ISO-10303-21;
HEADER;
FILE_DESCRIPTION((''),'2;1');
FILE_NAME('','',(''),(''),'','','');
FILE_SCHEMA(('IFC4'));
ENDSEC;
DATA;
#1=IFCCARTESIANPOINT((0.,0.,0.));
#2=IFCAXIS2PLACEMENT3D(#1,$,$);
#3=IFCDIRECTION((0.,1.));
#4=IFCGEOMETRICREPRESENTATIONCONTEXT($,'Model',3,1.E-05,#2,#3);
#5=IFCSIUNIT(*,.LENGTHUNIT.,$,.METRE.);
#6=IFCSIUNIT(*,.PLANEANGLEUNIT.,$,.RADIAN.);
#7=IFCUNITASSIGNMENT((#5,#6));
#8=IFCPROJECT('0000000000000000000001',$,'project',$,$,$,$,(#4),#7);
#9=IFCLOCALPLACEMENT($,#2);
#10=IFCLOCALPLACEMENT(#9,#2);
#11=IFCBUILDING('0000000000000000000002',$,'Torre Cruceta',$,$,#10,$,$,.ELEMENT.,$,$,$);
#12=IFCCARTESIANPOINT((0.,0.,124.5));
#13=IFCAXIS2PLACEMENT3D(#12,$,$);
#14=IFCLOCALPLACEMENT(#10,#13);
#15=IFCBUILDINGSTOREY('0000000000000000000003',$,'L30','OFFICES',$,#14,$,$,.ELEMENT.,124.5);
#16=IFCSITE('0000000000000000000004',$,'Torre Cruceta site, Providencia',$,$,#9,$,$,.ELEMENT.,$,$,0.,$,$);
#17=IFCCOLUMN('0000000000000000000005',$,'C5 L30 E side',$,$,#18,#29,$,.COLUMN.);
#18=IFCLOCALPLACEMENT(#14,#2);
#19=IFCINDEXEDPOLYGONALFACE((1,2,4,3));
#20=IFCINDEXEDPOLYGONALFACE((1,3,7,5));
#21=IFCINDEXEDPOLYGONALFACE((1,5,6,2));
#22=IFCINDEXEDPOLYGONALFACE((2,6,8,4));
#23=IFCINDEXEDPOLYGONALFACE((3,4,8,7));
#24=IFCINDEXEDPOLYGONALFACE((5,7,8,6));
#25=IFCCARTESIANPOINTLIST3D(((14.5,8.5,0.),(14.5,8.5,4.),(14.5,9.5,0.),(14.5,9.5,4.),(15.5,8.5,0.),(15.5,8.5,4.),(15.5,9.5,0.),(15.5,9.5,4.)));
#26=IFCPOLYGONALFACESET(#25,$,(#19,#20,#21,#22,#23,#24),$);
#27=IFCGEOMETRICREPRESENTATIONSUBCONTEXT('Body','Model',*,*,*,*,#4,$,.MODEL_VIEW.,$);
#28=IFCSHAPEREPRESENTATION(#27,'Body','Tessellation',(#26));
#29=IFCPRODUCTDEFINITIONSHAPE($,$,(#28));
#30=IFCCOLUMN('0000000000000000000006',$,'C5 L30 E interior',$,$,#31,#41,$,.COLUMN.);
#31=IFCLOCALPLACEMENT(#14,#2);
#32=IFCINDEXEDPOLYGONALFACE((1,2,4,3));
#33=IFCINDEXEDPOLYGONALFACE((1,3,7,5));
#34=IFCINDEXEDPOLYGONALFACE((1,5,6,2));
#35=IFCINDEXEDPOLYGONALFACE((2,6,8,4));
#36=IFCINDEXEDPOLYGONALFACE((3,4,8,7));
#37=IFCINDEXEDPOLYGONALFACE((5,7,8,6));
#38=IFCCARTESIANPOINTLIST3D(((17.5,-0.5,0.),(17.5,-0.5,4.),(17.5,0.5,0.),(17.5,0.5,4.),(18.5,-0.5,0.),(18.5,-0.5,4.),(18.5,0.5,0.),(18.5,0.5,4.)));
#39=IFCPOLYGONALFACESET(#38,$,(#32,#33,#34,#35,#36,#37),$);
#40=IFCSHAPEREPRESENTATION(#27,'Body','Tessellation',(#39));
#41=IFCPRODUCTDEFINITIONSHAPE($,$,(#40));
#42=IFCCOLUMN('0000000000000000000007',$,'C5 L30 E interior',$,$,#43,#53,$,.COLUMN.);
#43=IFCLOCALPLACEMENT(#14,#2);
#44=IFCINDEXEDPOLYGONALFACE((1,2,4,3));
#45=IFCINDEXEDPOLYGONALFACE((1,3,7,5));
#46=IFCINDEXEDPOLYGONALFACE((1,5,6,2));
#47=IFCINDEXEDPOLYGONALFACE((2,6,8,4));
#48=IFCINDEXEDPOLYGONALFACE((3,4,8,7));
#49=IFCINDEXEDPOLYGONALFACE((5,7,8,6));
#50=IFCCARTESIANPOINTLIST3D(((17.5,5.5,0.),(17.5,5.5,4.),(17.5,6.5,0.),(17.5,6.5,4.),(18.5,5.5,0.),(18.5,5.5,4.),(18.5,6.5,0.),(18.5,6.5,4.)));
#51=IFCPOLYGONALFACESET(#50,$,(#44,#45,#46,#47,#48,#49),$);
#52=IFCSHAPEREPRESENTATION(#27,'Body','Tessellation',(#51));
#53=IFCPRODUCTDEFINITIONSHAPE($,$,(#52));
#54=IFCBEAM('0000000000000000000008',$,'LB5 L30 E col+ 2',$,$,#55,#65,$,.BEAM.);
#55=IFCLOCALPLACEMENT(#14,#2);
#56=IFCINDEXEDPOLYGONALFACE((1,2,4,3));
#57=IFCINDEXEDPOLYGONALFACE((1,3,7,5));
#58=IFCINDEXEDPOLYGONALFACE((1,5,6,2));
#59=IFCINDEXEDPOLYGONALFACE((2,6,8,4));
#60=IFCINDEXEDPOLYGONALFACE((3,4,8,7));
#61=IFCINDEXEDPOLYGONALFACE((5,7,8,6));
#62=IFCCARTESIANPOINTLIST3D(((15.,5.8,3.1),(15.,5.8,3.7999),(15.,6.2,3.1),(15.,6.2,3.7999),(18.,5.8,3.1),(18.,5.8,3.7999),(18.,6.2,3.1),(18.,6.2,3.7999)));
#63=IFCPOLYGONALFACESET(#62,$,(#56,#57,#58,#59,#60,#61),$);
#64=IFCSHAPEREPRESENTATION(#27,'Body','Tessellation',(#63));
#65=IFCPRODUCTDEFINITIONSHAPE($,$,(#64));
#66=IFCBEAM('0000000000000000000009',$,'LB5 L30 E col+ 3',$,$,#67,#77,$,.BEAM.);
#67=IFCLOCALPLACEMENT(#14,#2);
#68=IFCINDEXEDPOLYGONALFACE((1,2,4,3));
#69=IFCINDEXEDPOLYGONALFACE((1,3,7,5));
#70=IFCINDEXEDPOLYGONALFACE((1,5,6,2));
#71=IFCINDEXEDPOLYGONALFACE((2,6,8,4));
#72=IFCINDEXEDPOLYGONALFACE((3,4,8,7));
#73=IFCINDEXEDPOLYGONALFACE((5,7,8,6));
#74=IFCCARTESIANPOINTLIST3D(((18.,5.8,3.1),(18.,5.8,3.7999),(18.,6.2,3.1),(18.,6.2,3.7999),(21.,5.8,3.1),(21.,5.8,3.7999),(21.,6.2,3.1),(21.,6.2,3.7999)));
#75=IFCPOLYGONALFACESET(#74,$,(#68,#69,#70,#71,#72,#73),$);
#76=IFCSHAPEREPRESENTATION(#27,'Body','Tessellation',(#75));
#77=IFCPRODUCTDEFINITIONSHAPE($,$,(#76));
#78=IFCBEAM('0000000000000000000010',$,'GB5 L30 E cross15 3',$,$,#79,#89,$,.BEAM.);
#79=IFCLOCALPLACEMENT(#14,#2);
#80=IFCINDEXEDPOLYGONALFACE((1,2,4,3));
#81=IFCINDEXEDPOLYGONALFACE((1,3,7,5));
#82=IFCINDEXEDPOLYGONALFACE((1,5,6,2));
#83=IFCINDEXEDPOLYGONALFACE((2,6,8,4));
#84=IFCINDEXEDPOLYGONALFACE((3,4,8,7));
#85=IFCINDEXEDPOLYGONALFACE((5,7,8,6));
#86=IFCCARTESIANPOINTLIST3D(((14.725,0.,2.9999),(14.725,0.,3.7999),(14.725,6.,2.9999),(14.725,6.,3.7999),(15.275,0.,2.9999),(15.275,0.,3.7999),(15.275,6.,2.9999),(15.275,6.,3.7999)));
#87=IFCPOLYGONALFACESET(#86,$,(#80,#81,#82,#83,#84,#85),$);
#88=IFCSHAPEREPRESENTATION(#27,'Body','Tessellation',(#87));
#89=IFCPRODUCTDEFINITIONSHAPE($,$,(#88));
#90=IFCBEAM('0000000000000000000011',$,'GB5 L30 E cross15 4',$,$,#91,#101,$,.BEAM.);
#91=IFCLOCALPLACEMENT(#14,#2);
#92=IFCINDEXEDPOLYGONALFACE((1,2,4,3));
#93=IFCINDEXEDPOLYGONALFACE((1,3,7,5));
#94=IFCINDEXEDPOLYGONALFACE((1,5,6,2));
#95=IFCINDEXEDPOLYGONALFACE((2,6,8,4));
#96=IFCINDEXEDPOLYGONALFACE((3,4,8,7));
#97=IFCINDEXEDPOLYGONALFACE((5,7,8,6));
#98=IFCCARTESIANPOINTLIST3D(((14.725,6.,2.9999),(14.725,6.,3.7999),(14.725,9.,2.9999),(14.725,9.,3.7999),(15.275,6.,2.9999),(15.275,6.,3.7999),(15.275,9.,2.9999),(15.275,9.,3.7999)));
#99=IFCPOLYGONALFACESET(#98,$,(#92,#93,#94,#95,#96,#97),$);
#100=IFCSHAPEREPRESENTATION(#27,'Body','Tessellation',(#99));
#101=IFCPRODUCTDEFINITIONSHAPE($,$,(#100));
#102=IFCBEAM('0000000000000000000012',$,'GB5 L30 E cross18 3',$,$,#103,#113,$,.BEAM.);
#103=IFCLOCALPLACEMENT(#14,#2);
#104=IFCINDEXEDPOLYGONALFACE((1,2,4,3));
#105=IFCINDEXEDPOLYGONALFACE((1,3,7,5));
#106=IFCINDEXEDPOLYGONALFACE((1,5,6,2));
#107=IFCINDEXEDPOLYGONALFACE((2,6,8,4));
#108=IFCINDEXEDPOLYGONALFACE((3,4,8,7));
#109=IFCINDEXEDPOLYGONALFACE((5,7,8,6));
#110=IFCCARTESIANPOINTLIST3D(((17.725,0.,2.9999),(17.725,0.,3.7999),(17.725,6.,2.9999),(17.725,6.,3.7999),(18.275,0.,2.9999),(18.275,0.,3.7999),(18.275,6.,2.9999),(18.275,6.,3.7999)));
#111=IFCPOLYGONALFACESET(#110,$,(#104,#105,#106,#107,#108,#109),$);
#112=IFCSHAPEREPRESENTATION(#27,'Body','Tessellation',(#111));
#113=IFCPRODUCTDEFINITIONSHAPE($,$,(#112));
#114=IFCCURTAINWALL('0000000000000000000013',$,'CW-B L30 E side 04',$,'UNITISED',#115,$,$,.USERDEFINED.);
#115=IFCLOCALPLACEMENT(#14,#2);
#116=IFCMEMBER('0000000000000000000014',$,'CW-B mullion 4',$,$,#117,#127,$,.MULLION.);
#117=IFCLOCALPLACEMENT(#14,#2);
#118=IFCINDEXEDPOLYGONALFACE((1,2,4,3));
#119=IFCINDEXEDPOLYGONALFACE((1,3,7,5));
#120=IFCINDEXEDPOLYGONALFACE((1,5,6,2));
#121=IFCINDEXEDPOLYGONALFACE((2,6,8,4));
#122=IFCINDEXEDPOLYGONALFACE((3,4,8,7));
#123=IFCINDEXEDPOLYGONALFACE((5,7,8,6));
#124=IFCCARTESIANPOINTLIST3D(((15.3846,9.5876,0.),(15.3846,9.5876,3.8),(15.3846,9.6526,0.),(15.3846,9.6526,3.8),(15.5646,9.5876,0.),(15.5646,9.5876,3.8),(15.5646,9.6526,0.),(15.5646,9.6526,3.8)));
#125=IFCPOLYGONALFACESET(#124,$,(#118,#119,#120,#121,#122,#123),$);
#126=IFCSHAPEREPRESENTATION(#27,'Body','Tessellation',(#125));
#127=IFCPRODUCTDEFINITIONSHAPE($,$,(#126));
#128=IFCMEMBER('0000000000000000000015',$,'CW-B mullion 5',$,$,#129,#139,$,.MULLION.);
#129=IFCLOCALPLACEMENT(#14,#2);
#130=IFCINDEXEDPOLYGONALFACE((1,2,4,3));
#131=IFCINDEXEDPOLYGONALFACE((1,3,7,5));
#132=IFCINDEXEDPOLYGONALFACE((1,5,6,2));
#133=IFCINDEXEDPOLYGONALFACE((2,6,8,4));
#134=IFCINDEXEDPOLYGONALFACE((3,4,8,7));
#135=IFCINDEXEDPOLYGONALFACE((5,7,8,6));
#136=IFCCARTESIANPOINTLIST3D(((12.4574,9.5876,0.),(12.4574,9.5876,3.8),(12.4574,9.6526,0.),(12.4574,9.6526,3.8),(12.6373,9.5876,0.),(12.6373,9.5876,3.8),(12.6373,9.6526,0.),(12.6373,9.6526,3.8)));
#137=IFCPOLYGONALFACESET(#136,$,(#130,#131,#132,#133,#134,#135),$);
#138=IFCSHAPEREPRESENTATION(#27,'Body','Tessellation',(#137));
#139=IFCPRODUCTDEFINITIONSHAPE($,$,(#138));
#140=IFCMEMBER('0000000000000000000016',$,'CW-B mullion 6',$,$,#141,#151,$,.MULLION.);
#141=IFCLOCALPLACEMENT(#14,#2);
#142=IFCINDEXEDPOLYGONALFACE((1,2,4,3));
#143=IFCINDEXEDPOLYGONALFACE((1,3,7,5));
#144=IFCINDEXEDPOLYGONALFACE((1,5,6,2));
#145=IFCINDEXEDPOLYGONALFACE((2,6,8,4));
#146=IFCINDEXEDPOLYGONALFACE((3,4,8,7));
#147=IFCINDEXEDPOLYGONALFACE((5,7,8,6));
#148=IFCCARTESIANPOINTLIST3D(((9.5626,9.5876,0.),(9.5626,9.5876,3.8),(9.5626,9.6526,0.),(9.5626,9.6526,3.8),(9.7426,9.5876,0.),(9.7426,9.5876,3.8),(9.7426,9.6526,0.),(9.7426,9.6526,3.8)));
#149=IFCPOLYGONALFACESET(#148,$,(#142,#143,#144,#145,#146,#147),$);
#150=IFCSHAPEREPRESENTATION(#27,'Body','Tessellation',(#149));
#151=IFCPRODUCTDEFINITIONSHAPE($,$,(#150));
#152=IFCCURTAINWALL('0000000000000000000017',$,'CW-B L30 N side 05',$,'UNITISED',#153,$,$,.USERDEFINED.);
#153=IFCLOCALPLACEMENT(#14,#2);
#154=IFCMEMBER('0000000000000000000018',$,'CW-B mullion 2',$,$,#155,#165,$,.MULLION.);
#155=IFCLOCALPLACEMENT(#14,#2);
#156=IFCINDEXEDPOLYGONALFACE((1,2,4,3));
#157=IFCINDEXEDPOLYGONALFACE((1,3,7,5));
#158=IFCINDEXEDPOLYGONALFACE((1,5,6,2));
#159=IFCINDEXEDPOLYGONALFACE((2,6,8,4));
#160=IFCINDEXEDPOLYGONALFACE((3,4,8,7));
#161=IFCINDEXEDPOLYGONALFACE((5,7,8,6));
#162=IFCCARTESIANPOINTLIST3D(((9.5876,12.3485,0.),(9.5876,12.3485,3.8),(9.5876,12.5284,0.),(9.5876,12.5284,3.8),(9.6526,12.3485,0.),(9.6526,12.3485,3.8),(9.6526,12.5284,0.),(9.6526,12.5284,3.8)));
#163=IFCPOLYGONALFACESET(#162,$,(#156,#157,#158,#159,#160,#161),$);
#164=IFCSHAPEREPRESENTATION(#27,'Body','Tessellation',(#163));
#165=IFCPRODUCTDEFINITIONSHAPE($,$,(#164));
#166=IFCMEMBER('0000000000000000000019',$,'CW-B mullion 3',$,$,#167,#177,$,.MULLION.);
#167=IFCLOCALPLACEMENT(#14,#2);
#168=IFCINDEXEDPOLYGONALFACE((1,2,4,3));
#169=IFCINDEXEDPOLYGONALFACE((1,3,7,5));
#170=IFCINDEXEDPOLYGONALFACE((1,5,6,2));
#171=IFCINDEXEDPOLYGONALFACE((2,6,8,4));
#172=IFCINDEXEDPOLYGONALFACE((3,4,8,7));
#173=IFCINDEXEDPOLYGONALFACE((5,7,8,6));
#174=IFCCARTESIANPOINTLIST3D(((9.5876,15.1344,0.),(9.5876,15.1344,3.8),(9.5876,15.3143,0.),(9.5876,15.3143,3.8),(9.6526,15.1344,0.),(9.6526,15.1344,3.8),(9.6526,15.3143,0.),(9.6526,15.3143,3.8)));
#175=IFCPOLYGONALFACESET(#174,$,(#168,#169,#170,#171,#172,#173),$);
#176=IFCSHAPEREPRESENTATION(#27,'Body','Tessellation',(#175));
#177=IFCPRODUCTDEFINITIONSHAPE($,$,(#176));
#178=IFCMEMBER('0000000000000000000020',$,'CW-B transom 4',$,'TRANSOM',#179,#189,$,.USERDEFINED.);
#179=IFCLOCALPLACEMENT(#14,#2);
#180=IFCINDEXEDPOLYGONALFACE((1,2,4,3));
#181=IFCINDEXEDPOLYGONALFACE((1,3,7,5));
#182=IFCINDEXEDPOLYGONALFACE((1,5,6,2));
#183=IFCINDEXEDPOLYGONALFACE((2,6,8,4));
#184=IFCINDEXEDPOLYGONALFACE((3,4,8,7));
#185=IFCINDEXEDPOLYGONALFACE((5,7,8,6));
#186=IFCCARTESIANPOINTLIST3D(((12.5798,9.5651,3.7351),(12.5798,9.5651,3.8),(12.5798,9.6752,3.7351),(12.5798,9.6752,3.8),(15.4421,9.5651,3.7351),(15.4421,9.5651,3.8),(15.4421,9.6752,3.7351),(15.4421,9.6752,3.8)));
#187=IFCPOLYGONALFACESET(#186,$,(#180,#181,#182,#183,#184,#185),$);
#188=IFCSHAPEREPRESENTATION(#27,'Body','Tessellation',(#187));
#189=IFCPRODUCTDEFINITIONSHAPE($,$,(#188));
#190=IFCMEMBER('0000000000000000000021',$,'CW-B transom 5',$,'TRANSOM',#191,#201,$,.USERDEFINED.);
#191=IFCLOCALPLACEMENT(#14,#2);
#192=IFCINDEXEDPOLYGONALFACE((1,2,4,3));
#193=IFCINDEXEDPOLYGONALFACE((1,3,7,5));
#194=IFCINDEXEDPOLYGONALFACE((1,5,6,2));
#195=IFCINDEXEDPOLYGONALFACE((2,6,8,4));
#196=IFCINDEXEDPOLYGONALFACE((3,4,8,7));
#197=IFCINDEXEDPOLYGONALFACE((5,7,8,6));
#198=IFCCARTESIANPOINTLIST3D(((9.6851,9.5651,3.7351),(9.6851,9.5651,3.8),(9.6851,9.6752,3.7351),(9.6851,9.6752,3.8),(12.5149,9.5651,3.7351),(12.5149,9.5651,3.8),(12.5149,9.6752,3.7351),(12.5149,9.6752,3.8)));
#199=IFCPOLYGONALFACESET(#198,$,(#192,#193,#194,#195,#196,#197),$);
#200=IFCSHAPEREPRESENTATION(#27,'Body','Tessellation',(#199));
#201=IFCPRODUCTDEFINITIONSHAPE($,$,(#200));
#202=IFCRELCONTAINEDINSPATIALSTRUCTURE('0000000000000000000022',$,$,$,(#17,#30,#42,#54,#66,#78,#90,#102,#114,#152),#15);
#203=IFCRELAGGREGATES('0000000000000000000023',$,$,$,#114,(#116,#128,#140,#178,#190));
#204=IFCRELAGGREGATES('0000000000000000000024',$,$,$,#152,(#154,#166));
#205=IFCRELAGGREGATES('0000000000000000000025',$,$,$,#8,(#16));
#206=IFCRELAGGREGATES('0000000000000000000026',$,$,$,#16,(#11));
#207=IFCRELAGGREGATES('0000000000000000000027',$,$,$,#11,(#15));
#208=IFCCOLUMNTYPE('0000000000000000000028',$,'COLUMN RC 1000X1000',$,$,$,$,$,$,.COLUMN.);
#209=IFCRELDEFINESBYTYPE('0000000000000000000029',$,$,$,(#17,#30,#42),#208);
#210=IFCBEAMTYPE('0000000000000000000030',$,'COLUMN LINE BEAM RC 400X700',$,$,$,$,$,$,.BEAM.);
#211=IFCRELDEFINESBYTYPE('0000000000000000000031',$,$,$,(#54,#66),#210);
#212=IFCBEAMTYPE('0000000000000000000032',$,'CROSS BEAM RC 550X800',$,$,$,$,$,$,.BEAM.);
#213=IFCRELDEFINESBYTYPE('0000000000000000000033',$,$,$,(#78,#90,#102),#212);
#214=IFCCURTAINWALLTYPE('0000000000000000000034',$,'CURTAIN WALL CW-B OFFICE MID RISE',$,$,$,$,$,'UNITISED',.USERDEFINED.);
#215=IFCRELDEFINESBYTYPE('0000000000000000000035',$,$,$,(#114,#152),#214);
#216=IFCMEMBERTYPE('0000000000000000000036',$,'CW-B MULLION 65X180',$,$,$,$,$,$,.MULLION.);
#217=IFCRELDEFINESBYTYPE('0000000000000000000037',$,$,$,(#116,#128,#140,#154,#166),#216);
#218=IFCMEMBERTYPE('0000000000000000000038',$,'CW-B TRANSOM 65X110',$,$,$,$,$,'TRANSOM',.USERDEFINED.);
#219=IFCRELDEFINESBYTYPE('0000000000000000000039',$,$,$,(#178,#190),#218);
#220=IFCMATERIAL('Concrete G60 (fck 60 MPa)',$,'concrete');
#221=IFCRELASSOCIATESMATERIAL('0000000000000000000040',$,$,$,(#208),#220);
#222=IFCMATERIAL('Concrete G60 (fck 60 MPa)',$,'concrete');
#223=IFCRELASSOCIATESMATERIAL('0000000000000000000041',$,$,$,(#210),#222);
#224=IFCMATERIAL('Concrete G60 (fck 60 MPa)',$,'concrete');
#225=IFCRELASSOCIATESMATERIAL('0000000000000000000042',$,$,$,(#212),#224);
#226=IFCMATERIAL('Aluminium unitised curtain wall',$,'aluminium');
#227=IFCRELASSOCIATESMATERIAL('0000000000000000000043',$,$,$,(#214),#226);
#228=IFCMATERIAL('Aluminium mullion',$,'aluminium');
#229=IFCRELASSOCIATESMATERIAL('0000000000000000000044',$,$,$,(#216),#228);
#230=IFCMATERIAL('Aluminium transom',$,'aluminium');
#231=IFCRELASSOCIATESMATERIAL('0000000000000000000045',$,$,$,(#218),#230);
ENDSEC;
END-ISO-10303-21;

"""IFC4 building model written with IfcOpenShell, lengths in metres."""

from ifc_helpers import new_model, si_unit, direction, frame, origin, origin_2d, place, context, subcontext, project, spatial, rectangle, extrude, material, material_profile, profile_set, type_object, element, aggregate, save


model = new_model("IFC4")

# Units and contexts
model_context = context("Model", 3, precision=1e-05, world=origin(), true_north=direction((0.0, 1.0)))
body_context = subcontext(model_context, "Body", "Model", "MODEL_VIEW")
ifc_project = project(units=[si_unit("LENGTHUNIT", "METRE"), si_unit("PLANEANGLEUNIT", "RADIAN")], contexts=[model_context])

# Site, building, storey
site_placement = place(None, origin())
site = spatial("IfcSite", under=ifc_project, at=site_placement, Name="Torre Cruceta site, Providencia", CompositionType="ELEMENT", RefElevation=0.0)
building_placement = place(site_placement, origin())
building = spatial("IfcBuilding", under=site, at=building_placement, Name="Torre Cruceta", CompositionType="ELEMENT")
storey_placement = place(building_placement, frame((0.0, 0.0, 124.5)))
storey = spatial("IfcBuildingStorey", under=building, at=storey_placement, Name="L30", Description="OFFICES", CompositionType="ELEMENT", Elevation=124.5)

# Columns
ifc_material_1 = material(Name="Concrete G60 (fck 60 MPa)", Category="concrete")
ifc_material_profile_1 = material_profile(ifc_material_1, rectangle(XDim=1.0, YDim=1.0, at=origin_2d()), Name="RC 1000X1000")
ifc_profile_set_1 = profile_set([ifc_material_profile_1], Name="Concrete G60 (fck 60 MPa)")
column_type = type_object("IfcColumnType", Name="COLUMN RC 1000X1000", PredefinedType="COLUMN", material=ifc_profile_set_1)
for number, where, z_axis, x_axis, name in (
    (1, (15.0, 9.0, 0.0), (0.0, 0.0, 1.0), (1.0, 0.0, 0.0), "C5 L30 E side"),
    (2, (18.0, 0.0, 0.0), (0.0, 0.0, 1.0), (1.0, 0.0, 0.0), "C5 L30 E interior"),
    (3, (18.0, 6.0, 0.0), (0.0, 0.0, 1.0), (1.0, 0.0, 0.0), "C5 L30 E interior"),
):
    element("IfcColumn", number, at=place(storey_placement, frame(where, z_axis=z_axis, x_axis=x_axis)), inside=storey, type_object=column_type, Name=name, PredefinedType="COLUMN", context=body_context, shape_type="SweptSolid", body=[
        extrude(rectangle(XDim=1.0, YDim=1.0, at=origin_2d()), origin(), (0.0, 0.0, 1.0), 4.0),
    ])

# Beams
ifc_material_2 = material(Name="Concrete G60 (fck 60 MPa)", Category="concrete")
ifc_material_profile_2 = material_profile(ifc_material_2, rectangle(XDim=0.3999, YDim=0.7, at=origin_2d()), Name="RC 400X700")
ifc_profile_set_2 = profile_set([ifc_material_profile_2], Name="Concrete G60 (fck 60 MPa)")
beam_type_1 = type_object("IfcBeamType", Name="COLUMN LINE BEAM RC 400X700", PredefinedType="BEAM", material=ifc_profile_set_2)
for number, where, z_axis, x_axis, name in (
    (4, (15.0, 6.0, 3.45), (1.0, 0.0, 0.0), (0.0, 1.0, 0.0), "LB5 L30 E col+ 2"),
    (5, (18.0, 6.0, 3.45), (1.0, 0.0, 0.0), (0.0, 1.0, 0.0), "LB5 L30 E col+ 3"),
):
    element("IfcBeam", number, at=place(storey_placement, frame(where, z_axis=z_axis, x_axis=x_axis)), inside=storey, type_object=beam_type_1, Name=name, PredefinedType="BEAM", context=body_context, shape_type="SweptSolid", body=[
        extrude(rectangle(XDim=0.3999, YDim=0.7, at=origin_2d()), origin(), (0.0, 0.0, 1.0), 3.0),
    ])
ifc_material_3 = material(Name="Concrete G60 (fck 60 MPa)", Category="concrete")
ifc_material_profile_3 = material_profile(ifc_material_3, rectangle(XDim=0.55, YDim=0.8, at=origin_2d()), Name="RC 550X800")
ifc_profile_set_3 = profile_set([ifc_material_profile_3], Name="Concrete G60 (fck 60 MPa)")
beam_type_2 = type_object("IfcBeamType", Name="CROSS BEAM RC 550X800", PredefinedType="BEAM", material=ifc_profile_set_3)
beam_1_placement = place(storey_placement, frame((15.0, 0.0, 3.3999), z_axis=(0.0, 1.0, 0.0), x_axis=(-1.0, 0.0, 0.0)))
element("IfcBeam", 6, at=beam_1_placement, inside=storey, type_object=beam_type_2, Name="GB5 L30 E cross15 3", PredefinedType="BEAM", context=body_context, shape_type="SweptSolid", body=[
    extrude(rectangle(XDim=0.55, YDim=0.8, at=origin_2d()), origin(), (0.0, 0.0, 1.0), 6.0),
])
beam_2_placement = place(storey_placement, frame((15.0, 6.0, 3.3999), z_axis=(0.0, 1.0, 0.0), x_axis=(-1.0, 0.0, 0.0)))
element("IfcBeam", 7, at=beam_2_placement, inside=storey, type_object=beam_type_2, Name="GB5 L30 E cross15 4", PredefinedType="BEAM", context=body_context, shape_type="SweptSolid", body=[
    extrude(rectangle(XDim=0.55, YDim=0.8, at=origin_2d()), origin(), (0.0, 0.0, 1.0), 3.0),
])
beam_3_placement = place(storey_placement, frame((18.0, 0.0, 3.3999), z_axis=(0.0, 1.0, 0.0), x_axis=(-1.0, 0.0, 0.0)))
element("IfcBeam", 8, at=beam_3_placement, inside=storey, type_object=beam_type_2, Name="GB5 L30 E cross18 3", PredefinedType="BEAM", context=body_context, shape_type="SweptSolid", body=[
    extrude(rectangle(XDim=0.55, YDim=0.8, at=origin_2d()), origin(), (0.0, 0.0, 1.0), 6.0),
])

# Curtain walls, members
ifc_material_4 = material(Name="Aluminium unitised curtain wall", Category="aluminium")
curtain_wall_type = type_object("IfcCurtainWallType", Name="CURTAIN WALL CW-B OFFICE MID RISE", ElementType="UNITISED", PredefinedType="USERDEFINED", material=ifc_material_4)
curtain_wall_1_placement = place(storey_placement, origin())
curtain_wall_1 = element("IfcCurtainWall", 9, at=curtain_wall_1_placement, inside=storey, type_object=curtain_wall_type, Name="CW-B L30 E side 04", ObjectType="UNITISED", PredefinedType="USERDEFINED")
ifc_material_5 = material(Name="Aluminium mullion", Category="aluminium")
ifc_material_profile_4 = material_profile(ifc_material_5, rectangle(XDim=0.0649, YDim=0.1799, at=origin_2d()), Name="AL 65X180")
ifc_profile_set_4 = profile_set([ifc_material_profile_4], Name="Aluminium mullion")
member_type_1 = type_object("IfcMemberType", Name="CW-B MULLION 65X180", PredefinedType="MULLION", material=ifc_profile_set_4)
member_1_placement = place(storey_placement, frame((15.4746, 9.6201, 0.0), z_axis=(0.0, 0.0, 1.0), x_axis=(0.0, -1.0, 0.0)))
member_1 = element("IfcMember", 10, at=member_1_placement, type_object=member_type_1, Name="CW-B mullion 4", PredefinedType="MULLION", context=body_context, shape_type="SweptSolid", body=[
    extrude(rectangle(XDim=0.0649, YDim=0.1799, at=origin_2d()), origin(), (0.0, 0.0, 1.0), 3.8),
])
member_2_placement = place(storey_placement, frame((12.5474, 9.6201, 0.0), z_axis=(0.0, 0.0, 1.0), x_axis=(0.0, -1.0, 0.0)))
member_2 = element("IfcMember", 11, at=member_2_placement, type_object=member_type_1, Name="CW-B mullion 5", PredefinedType="MULLION", context=body_context, shape_type="SweptSolid", body=[
    extrude(rectangle(XDim=0.0649, YDim=0.1799, at=origin_2d()), origin(), (0.0, 0.0, 1.0), 3.8),
])
member_3_placement = place(storey_placement, frame((9.6526, 9.6201, 0.0), z_axis=(0.0, 0.0, 1.0), x_axis=(0.0, -1.0, 0.0)))
member_3 = element("IfcMember", 12, at=member_3_placement, type_object=member_type_1, Name="CW-B mullion 6", PredefinedType="MULLION", context=body_context, shape_type="SweptSolid", body=[
    extrude(rectangle(XDim=0.0649, YDim=0.1799, at=origin_2d()), origin(), (0.0, 0.0, 1.0), 3.8),
])
curtain_wall_2_placement = place(storey_placement, origin())
curtain_wall_2 = element("IfcCurtainWall", 13, at=curtain_wall_2_placement, inside=storey, type_object=curtain_wall_type, Name="CW-B L30 N side 05", ObjectType="UNITISED", PredefinedType="USERDEFINED")
member_4_placement = place(storey_placement, frame((9.6201, 12.4385, 0.0), z_axis=(0.0, 0.0, 1.0), x_axis=(-1.0, 0.0, 0.0)))
member_4 = element("IfcMember", 14, at=member_4_placement, type_object=member_type_1, Name="CW-B mullion 2", PredefinedType="MULLION", context=body_context, shape_type="SweptSolid", body=[
    extrude(rectangle(XDim=0.0649, YDim=0.1799, at=origin_2d()), origin(), (0.0, 0.0, 1.0), 3.8),
])
member_5_placement = place(storey_placement, frame((9.6201, 15.2244, 0.0), z_axis=(0.0, 0.0, 1.0), x_axis=(-1.0, 0.0, 0.0)))
member_5 = element("IfcMember", 15, at=member_5_placement, type_object=member_type_1, Name="CW-B mullion 3", PredefinedType="MULLION", context=body_context, shape_type="SweptSolid", body=[
    extrude(rectangle(XDim=0.0649, YDim=0.1799, at=origin_2d()), origin(), (0.0, 0.0, 1.0), 3.8),
])

# Members
ifc_material_6 = material(Name="Aluminium transom", Category="aluminium")
ifc_material_profile_5 = material_profile(ifc_material_6, rectangle(XDim=0.1101, YDim=0.0649, at=origin_2d()), Name="AL 110X65")
ifc_profile_set_5 = profile_set([ifc_material_profile_5], Name="Aluminium transom")
member_type_2 = type_object("IfcMemberType", Name="CW-B TRANSOM 65X110", ElementType="TRANSOM", PredefinedType="USERDEFINED", material=ifc_profile_set_5)
member_6_placement = place(storey_placement, frame((15.4421, 9.6201, 3.7676), z_axis=(-1.0, 0.0, 0.0), x_axis=(0.0, -1.0, 0.0)))
member_6 = element("IfcMember", 16, at=member_6_placement, type_object=member_type_2, Name="CW-B transom 4", ObjectType="TRANSOM", PredefinedType="USERDEFINED", context=body_context, shape_type="SweptSolid", body=[
    extrude(rectangle(XDim=0.1101, YDim=0.0649, at=origin_2d()), origin(), (0.0, 0.0, 1.0), 2.8623),
])
member_7_placement = place(storey_placement, frame((12.5149, 9.6201, 3.7676), z_axis=(-1.0, 0.0, 0.0), x_axis=(0.0, -1.0, 0.0)))
member_7 = element("IfcMember", 17, at=member_7_placement, type_object=member_type_2, Name="CW-B transom 5", ObjectType="TRANSOM", PredefinedType="USERDEFINED", context=body_context, shape_type="SweptSolid", body=[
    extrude(rectangle(XDim=0.1101, YDim=0.0649, at=origin_2d()), origin(), (0.0, 0.0, 1.0), 2.8298),
])

aggregate(curtain_wall_1, [member_1, member_2, member_3, member_6, member_7])
aggregate(curtain_wall_2, [member_4, member_5])

save(model, "model.ifc")
